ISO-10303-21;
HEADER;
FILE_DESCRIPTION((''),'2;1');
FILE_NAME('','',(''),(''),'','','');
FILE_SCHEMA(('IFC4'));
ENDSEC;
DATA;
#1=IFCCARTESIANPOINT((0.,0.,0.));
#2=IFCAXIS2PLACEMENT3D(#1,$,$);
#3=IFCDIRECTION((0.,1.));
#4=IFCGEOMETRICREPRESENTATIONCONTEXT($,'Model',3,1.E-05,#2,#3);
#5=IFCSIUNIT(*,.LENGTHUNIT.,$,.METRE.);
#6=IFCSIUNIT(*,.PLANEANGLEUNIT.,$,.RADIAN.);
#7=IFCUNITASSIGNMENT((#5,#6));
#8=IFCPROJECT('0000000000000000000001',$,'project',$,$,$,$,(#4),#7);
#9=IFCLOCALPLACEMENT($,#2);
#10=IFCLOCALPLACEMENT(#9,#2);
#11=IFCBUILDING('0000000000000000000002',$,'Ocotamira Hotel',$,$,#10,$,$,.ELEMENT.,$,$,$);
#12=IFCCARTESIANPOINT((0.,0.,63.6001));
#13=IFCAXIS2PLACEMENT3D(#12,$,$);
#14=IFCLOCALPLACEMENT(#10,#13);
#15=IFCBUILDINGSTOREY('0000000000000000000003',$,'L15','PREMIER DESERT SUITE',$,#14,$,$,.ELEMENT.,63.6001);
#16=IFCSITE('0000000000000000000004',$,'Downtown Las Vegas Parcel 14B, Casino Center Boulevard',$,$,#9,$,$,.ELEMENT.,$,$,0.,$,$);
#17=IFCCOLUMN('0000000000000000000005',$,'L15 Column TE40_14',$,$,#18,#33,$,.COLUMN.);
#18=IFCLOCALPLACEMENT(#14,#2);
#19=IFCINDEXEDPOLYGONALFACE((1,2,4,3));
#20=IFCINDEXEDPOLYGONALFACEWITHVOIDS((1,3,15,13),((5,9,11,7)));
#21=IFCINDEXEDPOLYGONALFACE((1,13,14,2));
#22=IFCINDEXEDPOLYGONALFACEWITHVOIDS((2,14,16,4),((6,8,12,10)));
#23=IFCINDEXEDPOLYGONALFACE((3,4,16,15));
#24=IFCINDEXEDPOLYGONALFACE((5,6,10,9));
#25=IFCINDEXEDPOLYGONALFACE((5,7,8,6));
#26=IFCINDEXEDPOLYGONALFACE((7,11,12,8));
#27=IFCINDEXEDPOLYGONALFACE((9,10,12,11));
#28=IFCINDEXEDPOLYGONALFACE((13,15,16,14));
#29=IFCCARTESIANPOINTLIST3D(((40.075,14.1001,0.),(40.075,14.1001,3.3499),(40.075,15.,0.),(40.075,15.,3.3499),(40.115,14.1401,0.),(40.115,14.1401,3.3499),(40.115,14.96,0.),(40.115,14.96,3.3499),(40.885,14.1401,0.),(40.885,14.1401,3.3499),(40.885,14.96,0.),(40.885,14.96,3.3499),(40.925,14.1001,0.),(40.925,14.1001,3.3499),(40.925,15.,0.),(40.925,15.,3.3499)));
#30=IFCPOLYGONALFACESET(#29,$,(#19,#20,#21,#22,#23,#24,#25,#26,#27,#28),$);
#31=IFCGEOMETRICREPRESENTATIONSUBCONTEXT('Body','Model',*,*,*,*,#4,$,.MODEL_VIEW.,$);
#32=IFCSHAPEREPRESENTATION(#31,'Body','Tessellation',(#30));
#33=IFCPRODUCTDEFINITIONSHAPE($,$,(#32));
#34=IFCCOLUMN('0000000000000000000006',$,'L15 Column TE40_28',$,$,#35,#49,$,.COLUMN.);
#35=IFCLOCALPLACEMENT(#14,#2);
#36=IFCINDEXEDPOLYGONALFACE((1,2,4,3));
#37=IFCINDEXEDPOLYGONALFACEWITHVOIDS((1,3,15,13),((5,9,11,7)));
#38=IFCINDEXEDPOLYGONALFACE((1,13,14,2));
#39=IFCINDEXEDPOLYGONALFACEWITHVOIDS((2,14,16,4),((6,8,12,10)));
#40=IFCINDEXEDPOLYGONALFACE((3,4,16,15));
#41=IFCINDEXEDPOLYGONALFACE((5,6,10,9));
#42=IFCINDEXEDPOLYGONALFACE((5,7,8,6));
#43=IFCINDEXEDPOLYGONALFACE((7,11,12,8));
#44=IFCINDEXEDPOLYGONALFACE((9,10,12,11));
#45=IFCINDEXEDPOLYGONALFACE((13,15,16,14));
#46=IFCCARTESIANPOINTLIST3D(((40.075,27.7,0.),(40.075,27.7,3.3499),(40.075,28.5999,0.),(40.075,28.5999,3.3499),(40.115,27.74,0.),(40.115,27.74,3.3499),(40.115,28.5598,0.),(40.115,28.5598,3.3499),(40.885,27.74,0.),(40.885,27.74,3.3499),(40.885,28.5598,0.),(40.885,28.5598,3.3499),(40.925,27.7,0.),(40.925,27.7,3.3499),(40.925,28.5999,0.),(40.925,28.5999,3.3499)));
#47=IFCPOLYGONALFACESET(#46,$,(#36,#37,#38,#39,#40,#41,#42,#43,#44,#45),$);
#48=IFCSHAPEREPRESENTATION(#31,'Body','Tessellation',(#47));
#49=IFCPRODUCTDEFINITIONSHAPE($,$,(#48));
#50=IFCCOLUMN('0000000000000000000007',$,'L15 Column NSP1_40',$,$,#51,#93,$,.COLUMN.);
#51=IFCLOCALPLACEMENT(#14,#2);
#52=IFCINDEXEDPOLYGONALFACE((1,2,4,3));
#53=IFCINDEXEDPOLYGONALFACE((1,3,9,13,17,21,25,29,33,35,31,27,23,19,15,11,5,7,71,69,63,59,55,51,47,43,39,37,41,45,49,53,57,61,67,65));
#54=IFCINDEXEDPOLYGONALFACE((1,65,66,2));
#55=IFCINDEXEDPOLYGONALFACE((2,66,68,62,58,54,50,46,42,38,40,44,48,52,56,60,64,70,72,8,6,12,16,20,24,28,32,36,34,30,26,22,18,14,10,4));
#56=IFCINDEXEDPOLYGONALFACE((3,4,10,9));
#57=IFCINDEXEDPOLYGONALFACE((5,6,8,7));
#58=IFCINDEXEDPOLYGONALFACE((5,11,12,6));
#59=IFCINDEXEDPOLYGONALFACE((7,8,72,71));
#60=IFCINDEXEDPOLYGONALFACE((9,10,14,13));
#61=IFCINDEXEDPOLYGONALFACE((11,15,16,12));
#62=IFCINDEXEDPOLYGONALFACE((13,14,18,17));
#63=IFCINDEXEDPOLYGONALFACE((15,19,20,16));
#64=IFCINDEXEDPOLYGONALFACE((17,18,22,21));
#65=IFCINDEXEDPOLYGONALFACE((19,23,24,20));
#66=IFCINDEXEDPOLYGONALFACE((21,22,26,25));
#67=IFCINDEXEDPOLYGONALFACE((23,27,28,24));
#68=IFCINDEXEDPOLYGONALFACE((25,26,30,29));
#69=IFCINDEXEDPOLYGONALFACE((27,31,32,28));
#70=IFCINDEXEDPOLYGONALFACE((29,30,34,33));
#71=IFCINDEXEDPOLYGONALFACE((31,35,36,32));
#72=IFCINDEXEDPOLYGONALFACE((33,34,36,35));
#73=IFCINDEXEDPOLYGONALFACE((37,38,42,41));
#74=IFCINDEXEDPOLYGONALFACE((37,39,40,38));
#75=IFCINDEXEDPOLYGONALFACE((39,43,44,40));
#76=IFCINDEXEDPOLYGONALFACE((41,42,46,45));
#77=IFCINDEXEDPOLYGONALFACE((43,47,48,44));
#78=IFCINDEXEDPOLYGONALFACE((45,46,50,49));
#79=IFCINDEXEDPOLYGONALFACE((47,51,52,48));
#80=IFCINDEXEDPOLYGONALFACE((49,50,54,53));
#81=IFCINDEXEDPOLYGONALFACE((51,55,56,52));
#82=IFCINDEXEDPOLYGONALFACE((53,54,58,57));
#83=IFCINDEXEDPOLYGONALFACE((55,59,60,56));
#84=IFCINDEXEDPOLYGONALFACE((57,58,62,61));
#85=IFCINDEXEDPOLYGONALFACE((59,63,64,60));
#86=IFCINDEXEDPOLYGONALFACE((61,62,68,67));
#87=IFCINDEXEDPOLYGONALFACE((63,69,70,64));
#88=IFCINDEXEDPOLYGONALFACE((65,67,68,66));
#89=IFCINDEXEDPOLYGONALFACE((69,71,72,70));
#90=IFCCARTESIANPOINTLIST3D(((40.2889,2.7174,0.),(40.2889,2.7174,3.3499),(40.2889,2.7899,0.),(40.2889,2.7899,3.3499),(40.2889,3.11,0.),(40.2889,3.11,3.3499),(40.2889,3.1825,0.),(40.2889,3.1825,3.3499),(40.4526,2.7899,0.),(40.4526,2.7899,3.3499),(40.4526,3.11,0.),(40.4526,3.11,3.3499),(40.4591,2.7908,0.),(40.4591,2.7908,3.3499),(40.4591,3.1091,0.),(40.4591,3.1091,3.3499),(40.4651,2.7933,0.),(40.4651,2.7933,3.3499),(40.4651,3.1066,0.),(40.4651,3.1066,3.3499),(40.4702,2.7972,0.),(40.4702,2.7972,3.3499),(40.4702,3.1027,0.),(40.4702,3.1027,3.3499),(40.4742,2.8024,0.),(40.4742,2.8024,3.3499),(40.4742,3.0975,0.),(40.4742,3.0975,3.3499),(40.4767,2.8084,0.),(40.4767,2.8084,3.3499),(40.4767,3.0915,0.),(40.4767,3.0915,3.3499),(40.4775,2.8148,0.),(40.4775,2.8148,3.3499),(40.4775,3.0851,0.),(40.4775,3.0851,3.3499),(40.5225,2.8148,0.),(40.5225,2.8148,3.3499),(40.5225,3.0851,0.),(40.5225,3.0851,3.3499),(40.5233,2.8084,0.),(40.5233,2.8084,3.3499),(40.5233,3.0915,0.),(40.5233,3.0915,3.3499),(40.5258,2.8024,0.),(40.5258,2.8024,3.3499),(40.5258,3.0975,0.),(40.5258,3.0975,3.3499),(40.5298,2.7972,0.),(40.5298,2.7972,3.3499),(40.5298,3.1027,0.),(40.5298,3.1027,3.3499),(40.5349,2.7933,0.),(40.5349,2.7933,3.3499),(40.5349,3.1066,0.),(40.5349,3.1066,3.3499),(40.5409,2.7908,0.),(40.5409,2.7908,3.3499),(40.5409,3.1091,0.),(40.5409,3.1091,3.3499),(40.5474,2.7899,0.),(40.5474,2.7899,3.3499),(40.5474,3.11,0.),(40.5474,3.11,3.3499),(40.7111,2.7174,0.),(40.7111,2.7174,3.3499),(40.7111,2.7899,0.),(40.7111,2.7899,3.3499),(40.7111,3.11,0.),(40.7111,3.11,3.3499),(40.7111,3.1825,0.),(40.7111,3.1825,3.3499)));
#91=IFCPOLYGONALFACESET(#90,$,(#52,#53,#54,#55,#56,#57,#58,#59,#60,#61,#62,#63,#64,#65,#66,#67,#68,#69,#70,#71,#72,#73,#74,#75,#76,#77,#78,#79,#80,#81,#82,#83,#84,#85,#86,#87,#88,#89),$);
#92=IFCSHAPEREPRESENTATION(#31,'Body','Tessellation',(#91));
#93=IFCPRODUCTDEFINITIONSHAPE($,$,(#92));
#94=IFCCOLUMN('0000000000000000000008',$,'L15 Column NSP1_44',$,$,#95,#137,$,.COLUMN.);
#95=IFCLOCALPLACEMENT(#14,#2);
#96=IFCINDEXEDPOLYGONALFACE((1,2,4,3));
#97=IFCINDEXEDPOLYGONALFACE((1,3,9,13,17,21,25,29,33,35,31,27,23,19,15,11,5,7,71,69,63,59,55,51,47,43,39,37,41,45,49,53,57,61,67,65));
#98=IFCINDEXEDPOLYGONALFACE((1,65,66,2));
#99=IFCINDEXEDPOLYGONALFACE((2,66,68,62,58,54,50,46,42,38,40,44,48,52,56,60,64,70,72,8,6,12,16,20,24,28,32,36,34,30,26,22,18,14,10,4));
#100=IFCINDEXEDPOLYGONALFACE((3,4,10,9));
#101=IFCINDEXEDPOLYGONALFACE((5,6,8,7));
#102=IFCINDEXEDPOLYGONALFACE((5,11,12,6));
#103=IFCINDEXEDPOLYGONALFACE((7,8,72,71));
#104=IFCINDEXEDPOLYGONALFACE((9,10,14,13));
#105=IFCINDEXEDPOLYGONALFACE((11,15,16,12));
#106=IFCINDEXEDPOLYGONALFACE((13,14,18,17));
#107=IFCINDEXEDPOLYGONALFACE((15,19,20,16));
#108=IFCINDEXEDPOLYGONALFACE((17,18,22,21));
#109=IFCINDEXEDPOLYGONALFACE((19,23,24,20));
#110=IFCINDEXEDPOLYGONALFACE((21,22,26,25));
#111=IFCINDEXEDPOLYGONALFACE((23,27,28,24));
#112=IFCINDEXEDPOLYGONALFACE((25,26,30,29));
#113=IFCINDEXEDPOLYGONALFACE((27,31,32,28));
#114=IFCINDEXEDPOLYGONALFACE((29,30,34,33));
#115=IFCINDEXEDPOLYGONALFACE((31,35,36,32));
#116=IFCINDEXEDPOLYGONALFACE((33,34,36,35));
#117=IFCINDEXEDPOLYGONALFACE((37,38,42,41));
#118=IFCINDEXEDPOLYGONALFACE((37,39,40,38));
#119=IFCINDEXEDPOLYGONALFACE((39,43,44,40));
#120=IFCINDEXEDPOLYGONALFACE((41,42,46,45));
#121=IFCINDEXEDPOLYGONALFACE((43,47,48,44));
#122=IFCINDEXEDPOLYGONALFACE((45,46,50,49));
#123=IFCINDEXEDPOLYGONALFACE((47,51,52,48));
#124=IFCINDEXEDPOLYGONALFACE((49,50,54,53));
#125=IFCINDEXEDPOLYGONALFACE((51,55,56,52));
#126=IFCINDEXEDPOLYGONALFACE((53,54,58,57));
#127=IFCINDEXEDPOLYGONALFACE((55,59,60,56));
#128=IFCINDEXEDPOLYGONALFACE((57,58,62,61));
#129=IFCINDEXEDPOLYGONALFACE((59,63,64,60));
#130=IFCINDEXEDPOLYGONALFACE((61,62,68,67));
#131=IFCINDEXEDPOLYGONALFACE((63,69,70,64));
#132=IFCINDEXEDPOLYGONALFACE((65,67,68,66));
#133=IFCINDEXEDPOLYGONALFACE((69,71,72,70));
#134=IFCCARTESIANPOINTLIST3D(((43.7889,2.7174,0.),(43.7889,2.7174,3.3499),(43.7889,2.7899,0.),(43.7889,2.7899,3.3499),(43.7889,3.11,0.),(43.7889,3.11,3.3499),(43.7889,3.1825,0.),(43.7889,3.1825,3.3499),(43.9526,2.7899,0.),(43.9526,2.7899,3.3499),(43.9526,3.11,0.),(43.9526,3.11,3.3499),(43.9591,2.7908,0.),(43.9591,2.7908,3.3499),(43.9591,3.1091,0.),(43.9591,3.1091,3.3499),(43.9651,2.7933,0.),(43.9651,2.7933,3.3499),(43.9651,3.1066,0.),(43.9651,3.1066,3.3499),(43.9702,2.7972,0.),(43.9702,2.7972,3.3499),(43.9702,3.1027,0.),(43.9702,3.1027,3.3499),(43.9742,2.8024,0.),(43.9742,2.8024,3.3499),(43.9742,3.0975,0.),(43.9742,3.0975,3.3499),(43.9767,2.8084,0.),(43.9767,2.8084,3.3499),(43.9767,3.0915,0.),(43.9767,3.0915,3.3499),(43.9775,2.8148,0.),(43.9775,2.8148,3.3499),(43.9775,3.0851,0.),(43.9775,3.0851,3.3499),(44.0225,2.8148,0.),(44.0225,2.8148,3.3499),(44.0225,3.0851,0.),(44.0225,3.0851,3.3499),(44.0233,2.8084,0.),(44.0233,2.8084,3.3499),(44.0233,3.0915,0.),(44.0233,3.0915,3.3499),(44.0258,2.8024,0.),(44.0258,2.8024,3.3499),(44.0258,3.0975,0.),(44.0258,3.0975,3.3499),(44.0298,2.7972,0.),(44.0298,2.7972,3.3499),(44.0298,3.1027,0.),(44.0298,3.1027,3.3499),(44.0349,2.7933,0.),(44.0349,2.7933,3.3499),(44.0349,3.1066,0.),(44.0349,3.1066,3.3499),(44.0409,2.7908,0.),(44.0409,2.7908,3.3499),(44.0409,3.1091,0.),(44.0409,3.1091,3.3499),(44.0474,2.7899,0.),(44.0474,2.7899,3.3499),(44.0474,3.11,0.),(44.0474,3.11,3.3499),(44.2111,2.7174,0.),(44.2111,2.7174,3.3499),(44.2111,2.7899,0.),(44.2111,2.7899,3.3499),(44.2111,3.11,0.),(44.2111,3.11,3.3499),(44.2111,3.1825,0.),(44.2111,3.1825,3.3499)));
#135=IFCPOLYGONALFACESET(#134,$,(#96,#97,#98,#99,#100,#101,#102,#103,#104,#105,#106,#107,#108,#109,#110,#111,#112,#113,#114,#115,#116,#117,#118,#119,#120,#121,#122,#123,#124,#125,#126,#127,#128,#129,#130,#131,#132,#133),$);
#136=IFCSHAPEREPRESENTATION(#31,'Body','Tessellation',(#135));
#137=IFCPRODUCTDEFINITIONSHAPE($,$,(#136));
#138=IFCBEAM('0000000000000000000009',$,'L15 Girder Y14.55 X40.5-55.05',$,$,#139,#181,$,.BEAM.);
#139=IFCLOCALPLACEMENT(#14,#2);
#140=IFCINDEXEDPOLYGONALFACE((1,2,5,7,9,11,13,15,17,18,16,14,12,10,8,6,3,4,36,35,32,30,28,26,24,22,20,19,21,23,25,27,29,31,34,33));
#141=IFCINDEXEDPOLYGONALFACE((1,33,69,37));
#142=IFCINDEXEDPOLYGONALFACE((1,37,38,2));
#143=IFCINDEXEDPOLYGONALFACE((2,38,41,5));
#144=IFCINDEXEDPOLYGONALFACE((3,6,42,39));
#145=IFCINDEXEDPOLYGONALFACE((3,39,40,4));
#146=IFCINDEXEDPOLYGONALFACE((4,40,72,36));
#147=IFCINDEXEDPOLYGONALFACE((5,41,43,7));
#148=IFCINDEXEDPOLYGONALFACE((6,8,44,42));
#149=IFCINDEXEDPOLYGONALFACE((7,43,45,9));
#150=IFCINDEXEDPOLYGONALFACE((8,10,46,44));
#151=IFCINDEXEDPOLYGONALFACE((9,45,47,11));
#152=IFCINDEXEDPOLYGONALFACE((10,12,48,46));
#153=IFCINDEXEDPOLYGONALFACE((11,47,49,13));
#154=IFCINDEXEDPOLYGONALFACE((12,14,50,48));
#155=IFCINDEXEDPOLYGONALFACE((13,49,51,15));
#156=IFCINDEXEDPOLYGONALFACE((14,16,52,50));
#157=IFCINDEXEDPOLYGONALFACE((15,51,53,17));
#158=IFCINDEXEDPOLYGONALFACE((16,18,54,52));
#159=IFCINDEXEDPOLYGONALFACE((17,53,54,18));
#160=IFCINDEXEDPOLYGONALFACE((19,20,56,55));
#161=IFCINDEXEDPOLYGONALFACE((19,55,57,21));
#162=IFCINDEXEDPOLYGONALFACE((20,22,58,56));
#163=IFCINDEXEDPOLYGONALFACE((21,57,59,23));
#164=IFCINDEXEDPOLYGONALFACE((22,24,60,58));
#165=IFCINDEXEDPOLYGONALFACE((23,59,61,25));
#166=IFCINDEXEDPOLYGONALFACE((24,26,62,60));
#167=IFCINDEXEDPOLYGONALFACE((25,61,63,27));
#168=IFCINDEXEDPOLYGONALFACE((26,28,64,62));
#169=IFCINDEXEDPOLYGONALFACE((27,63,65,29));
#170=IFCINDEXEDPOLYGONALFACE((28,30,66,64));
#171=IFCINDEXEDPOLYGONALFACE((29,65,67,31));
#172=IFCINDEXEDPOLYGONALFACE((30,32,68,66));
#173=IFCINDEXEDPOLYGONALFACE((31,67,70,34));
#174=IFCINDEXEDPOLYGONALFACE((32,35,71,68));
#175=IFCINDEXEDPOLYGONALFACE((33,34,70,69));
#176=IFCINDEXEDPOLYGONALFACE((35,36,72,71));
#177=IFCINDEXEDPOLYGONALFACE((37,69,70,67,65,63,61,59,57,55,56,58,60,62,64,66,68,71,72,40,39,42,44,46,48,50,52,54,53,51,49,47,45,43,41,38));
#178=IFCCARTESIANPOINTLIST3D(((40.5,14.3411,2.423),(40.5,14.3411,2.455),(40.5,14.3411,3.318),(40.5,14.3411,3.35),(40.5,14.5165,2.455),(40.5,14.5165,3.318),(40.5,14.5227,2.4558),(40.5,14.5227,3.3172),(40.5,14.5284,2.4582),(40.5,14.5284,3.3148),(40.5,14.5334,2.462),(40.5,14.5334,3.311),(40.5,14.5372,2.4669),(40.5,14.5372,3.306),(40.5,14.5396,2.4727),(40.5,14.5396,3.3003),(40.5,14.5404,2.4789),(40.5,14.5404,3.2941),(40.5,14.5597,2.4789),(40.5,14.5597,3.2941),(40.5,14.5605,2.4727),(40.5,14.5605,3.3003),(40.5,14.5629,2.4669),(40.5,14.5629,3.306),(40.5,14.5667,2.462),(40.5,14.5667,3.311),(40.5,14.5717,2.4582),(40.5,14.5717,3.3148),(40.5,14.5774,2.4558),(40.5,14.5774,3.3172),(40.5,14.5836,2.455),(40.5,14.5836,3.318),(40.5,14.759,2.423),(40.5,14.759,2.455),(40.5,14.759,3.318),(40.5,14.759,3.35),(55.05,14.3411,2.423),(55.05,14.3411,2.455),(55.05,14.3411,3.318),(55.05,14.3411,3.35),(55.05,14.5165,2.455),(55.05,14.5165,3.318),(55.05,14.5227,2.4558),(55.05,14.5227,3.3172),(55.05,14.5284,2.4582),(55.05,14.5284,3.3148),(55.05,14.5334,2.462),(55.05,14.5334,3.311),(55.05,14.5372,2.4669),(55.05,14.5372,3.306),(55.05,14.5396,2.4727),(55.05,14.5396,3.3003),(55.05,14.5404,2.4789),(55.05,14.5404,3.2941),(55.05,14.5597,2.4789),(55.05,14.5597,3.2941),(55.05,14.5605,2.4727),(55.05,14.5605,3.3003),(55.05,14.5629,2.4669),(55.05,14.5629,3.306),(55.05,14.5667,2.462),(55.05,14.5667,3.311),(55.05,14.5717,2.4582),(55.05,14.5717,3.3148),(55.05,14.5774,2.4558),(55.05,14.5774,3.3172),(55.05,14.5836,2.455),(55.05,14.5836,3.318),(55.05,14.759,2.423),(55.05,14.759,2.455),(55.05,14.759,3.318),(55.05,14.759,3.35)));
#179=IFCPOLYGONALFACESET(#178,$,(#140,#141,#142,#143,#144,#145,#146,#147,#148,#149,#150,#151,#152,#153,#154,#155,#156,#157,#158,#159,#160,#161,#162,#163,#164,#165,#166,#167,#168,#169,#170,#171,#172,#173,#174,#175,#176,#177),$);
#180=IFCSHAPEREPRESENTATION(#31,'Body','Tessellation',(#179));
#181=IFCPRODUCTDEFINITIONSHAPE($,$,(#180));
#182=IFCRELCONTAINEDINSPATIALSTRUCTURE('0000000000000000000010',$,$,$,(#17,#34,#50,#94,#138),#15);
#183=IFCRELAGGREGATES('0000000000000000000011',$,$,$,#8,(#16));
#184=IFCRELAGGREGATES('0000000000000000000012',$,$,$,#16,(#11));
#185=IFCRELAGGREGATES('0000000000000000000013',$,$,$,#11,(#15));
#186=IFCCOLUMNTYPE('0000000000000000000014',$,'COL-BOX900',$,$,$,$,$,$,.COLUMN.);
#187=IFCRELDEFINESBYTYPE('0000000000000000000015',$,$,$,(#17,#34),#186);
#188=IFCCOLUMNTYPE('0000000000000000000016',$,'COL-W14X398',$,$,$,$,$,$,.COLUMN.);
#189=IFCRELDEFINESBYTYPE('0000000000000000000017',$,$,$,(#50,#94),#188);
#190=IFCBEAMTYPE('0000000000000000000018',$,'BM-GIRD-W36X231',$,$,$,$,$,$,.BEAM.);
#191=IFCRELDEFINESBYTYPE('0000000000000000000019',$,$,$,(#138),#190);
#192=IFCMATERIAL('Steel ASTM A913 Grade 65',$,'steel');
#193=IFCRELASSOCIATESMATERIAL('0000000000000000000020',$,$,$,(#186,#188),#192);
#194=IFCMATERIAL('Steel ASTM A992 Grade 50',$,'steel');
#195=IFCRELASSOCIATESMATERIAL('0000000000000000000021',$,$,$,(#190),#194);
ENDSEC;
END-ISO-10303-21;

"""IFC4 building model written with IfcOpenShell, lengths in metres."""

from ifc_helpers import new_model, si_unit, direction, frame, origin, origin_2d, place, context, subcontext, project, spatial, hollow_rectangle, i_section, extrude, source, transform, mapped, material, material_profile, profile_set, type_object, element, save


model = new_model("IFC4")

# Units and contexts
model_context = context("Model", 3, precision=1e-05, world=origin(), true_north=direction((0.0, 1.0)))
body_context = subcontext(model_context, "Body", "Model", "MODEL_VIEW")
ifc_project = project(units=[si_unit("LENGTHUNIT", "METRE"), si_unit("PLANEANGLEUNIT", "RADIAN")], contexts=[model_context])

# Site, building, storey
site_placement = place(None, origin())
site = spatial("IfcSite", under=ifc_project, at=site_placement, Name="Downtown Las Vegas Parcel 14B, Casino Center Boulevard", CompositionType="ELEMENT", RefElevation=0.0)
building_placement = place(site_placement, origin())
building = spatial("IfcBuilding", under=site, at=building_placement, Name="Ocotamira Hotel", CompositionType="ELEMENT")
storey_placement = place(building_placement, frame((0.0, 0.0, 63.6001)))
storey = spatial("IfcBuildingStorey", under=building, at=storey_placement, Name="L15", Description="PREMIER DESERT SUITE", CompositionType="ELEMENT", Elevation=63.6001)

# Columns
ifc_material_1 = material(Name="Steel ASTM A913 Grade 65", Category="steel")
ifc_material_profile_1 = material_profile(ifc_material_1, hollow_rectangle(XDim=0.8501, YDim=0.8999, WallThickness=0.04, at=origin_2d()), Name="BOX900X850X40")
ifc_profile_set_1 = profile_set([ifc_material_profile_1], Name="Steel ASTM A913 Grade 65")
column_type_1 = type_object("IfcColumnType", Name="COL-BOX900", PredefinedType="COLUMN", material=ifc_profile_set_1)
shared_shape_1 = source(origin(), body_context, "Body", "SweptSolid", [
    extrude(hollow_rectangle(XDim=0.8501, YDim=0.8999, WallThickness=0.04, at=origin_2d()), origin(), (0.0, 0.0, 1.0), 3.3499),
])
for number, where, z_axis, x_axis, name in (
    (1, (40.5, 14.55, 0.0), (0.0, 0.0, 1.0), (1.0, 0.0, 0.0), "L15 Column TE40_14"),
    (2, (40.5, 28.1499, 0.0), (0.0, 0.0, 1.0), (1.0, 0.0, 0.0), "L15 Column TE40_28"),
):
    element("IfcColumn", number, at=place(storey_placement, frame(where, z_axis=z_axis, x_axis=x_axis)), inside=storey, type_object=column_type_1, Name=name, PredefinedType="COLUMN", context=body_context, shape_type="MappedRepresentation", body=[
        mapped(shared_shape_1, transform((0.0, 0.0, 0.0), scale=1.0)),
    ])
ifc_material_profile_2 = material_profile(ifc_material_1, i_section(OverallWidth=0.4221, OverallDepth=0.4651, WebThickness=0.0449, FlangeThickness=0.0725, FilletRadius=0.0249, at=origin_2d()), Name="W14X398")
ifc_profile_set_2 = profile_set([ifc_material_profile_2], Name="Steel ASTM A913 Grade 65")
column_type_2 = type_object("IfcColumnType", Name="COL-W14X398", PredefinedType="COLUMN", material=ifc_profile_set_2)
shared_shape_2 = source(origin(), body_context, "Body", "SweptSolid", [
    extrude(i_section(OverallWidth=0.4221, OverallDepth=0.4651, WebThickness=0.0449, FlangeThickness=0.0725, FilletRadius=0.0249, at=origin_2d()), origin(), (0.0, 0.0, 1.0), 3.3499),
])
for number, where, z_axis, x_axis, name in (
    (3, (40.5, 2.95, 0.0), (0.0, 0.0, 1.0), (1.0, 0.0, 0.0), "L15 Column NSP1_40"),
    (4, (44.0, 2.95, 0.0), (0.0, 0.0, 1.0), (1.0, 0.0, 0.0), "L15 Column NSP1_44"),
):
    element("IfcColumn", number, at=place(storey_placement, frame(where, z_axis=z_axis, x_axis=x_axis)), inside=storey, type_object=column_type_2, Name=name, PredefinedType="COLUMN", context=body_context, shape_type="MappedRepresentation", body=[
        mapped(shared_shape_2, transform((0.0, 0.0, 0.0), scale=1.0)),
    ])

# Beam
ifc_material_2 = material(Name="Steel ASTM A992 Grade 50", Category="steel")
ifc_material_profile_3 = material_profile(ifc_material_2, i_section(OverallWidth=0.418, OverallDepth=0.927, WebThickness=0.0193, FlangeThickness=0.032, FilletRadius=0.0239, at=origin_2d()), Name="W36X231")
ifc_profile_set_3 = profile_set([ifc_material_profile_3], Name="Steel ASTM A992 Grade 50")
beam_type_1 = type_object("IfcBeamType", Name="BM-GIRD-W36X231", PredefinedType="BEAM", material=ifc_profile_set_3)
shared_shape_3 = source(origin(), body_context, "Body", "SweptSolid", [
    extrude(i_section(OverallWidth=0.418, OverallDepth=0.927, WebThickness=0.0193, FlangeThickness=0.032, FilletRadius=0.0239, at=origin_2d()), origin(), (0.0, 0.0, 1.0), 14.55),
])
for number, where, z_axis, x_axis, name in (
    (5, (40.5, 14.55, 2.8865), (1.0, 0.0, 0.0), (0.0, 1.0, 0.0), "L15 Girder Y14.55 X40.5-55.05"),
):
    element("IfcBeam", number, at=place(storey_placement, frame(where, z_axis=z_axis, x_axis=x_axis)), inside=storey, type_object=beam_type_1, Name=name, PredefinedType="BEAM", context=body_context, shape_type="MappedRepresentation", body=[
        mapped(shared_shape_3, transform((0.0, 0.0, 0.0), scale=1.0)),
    ])

save(model, "model.ifc")
